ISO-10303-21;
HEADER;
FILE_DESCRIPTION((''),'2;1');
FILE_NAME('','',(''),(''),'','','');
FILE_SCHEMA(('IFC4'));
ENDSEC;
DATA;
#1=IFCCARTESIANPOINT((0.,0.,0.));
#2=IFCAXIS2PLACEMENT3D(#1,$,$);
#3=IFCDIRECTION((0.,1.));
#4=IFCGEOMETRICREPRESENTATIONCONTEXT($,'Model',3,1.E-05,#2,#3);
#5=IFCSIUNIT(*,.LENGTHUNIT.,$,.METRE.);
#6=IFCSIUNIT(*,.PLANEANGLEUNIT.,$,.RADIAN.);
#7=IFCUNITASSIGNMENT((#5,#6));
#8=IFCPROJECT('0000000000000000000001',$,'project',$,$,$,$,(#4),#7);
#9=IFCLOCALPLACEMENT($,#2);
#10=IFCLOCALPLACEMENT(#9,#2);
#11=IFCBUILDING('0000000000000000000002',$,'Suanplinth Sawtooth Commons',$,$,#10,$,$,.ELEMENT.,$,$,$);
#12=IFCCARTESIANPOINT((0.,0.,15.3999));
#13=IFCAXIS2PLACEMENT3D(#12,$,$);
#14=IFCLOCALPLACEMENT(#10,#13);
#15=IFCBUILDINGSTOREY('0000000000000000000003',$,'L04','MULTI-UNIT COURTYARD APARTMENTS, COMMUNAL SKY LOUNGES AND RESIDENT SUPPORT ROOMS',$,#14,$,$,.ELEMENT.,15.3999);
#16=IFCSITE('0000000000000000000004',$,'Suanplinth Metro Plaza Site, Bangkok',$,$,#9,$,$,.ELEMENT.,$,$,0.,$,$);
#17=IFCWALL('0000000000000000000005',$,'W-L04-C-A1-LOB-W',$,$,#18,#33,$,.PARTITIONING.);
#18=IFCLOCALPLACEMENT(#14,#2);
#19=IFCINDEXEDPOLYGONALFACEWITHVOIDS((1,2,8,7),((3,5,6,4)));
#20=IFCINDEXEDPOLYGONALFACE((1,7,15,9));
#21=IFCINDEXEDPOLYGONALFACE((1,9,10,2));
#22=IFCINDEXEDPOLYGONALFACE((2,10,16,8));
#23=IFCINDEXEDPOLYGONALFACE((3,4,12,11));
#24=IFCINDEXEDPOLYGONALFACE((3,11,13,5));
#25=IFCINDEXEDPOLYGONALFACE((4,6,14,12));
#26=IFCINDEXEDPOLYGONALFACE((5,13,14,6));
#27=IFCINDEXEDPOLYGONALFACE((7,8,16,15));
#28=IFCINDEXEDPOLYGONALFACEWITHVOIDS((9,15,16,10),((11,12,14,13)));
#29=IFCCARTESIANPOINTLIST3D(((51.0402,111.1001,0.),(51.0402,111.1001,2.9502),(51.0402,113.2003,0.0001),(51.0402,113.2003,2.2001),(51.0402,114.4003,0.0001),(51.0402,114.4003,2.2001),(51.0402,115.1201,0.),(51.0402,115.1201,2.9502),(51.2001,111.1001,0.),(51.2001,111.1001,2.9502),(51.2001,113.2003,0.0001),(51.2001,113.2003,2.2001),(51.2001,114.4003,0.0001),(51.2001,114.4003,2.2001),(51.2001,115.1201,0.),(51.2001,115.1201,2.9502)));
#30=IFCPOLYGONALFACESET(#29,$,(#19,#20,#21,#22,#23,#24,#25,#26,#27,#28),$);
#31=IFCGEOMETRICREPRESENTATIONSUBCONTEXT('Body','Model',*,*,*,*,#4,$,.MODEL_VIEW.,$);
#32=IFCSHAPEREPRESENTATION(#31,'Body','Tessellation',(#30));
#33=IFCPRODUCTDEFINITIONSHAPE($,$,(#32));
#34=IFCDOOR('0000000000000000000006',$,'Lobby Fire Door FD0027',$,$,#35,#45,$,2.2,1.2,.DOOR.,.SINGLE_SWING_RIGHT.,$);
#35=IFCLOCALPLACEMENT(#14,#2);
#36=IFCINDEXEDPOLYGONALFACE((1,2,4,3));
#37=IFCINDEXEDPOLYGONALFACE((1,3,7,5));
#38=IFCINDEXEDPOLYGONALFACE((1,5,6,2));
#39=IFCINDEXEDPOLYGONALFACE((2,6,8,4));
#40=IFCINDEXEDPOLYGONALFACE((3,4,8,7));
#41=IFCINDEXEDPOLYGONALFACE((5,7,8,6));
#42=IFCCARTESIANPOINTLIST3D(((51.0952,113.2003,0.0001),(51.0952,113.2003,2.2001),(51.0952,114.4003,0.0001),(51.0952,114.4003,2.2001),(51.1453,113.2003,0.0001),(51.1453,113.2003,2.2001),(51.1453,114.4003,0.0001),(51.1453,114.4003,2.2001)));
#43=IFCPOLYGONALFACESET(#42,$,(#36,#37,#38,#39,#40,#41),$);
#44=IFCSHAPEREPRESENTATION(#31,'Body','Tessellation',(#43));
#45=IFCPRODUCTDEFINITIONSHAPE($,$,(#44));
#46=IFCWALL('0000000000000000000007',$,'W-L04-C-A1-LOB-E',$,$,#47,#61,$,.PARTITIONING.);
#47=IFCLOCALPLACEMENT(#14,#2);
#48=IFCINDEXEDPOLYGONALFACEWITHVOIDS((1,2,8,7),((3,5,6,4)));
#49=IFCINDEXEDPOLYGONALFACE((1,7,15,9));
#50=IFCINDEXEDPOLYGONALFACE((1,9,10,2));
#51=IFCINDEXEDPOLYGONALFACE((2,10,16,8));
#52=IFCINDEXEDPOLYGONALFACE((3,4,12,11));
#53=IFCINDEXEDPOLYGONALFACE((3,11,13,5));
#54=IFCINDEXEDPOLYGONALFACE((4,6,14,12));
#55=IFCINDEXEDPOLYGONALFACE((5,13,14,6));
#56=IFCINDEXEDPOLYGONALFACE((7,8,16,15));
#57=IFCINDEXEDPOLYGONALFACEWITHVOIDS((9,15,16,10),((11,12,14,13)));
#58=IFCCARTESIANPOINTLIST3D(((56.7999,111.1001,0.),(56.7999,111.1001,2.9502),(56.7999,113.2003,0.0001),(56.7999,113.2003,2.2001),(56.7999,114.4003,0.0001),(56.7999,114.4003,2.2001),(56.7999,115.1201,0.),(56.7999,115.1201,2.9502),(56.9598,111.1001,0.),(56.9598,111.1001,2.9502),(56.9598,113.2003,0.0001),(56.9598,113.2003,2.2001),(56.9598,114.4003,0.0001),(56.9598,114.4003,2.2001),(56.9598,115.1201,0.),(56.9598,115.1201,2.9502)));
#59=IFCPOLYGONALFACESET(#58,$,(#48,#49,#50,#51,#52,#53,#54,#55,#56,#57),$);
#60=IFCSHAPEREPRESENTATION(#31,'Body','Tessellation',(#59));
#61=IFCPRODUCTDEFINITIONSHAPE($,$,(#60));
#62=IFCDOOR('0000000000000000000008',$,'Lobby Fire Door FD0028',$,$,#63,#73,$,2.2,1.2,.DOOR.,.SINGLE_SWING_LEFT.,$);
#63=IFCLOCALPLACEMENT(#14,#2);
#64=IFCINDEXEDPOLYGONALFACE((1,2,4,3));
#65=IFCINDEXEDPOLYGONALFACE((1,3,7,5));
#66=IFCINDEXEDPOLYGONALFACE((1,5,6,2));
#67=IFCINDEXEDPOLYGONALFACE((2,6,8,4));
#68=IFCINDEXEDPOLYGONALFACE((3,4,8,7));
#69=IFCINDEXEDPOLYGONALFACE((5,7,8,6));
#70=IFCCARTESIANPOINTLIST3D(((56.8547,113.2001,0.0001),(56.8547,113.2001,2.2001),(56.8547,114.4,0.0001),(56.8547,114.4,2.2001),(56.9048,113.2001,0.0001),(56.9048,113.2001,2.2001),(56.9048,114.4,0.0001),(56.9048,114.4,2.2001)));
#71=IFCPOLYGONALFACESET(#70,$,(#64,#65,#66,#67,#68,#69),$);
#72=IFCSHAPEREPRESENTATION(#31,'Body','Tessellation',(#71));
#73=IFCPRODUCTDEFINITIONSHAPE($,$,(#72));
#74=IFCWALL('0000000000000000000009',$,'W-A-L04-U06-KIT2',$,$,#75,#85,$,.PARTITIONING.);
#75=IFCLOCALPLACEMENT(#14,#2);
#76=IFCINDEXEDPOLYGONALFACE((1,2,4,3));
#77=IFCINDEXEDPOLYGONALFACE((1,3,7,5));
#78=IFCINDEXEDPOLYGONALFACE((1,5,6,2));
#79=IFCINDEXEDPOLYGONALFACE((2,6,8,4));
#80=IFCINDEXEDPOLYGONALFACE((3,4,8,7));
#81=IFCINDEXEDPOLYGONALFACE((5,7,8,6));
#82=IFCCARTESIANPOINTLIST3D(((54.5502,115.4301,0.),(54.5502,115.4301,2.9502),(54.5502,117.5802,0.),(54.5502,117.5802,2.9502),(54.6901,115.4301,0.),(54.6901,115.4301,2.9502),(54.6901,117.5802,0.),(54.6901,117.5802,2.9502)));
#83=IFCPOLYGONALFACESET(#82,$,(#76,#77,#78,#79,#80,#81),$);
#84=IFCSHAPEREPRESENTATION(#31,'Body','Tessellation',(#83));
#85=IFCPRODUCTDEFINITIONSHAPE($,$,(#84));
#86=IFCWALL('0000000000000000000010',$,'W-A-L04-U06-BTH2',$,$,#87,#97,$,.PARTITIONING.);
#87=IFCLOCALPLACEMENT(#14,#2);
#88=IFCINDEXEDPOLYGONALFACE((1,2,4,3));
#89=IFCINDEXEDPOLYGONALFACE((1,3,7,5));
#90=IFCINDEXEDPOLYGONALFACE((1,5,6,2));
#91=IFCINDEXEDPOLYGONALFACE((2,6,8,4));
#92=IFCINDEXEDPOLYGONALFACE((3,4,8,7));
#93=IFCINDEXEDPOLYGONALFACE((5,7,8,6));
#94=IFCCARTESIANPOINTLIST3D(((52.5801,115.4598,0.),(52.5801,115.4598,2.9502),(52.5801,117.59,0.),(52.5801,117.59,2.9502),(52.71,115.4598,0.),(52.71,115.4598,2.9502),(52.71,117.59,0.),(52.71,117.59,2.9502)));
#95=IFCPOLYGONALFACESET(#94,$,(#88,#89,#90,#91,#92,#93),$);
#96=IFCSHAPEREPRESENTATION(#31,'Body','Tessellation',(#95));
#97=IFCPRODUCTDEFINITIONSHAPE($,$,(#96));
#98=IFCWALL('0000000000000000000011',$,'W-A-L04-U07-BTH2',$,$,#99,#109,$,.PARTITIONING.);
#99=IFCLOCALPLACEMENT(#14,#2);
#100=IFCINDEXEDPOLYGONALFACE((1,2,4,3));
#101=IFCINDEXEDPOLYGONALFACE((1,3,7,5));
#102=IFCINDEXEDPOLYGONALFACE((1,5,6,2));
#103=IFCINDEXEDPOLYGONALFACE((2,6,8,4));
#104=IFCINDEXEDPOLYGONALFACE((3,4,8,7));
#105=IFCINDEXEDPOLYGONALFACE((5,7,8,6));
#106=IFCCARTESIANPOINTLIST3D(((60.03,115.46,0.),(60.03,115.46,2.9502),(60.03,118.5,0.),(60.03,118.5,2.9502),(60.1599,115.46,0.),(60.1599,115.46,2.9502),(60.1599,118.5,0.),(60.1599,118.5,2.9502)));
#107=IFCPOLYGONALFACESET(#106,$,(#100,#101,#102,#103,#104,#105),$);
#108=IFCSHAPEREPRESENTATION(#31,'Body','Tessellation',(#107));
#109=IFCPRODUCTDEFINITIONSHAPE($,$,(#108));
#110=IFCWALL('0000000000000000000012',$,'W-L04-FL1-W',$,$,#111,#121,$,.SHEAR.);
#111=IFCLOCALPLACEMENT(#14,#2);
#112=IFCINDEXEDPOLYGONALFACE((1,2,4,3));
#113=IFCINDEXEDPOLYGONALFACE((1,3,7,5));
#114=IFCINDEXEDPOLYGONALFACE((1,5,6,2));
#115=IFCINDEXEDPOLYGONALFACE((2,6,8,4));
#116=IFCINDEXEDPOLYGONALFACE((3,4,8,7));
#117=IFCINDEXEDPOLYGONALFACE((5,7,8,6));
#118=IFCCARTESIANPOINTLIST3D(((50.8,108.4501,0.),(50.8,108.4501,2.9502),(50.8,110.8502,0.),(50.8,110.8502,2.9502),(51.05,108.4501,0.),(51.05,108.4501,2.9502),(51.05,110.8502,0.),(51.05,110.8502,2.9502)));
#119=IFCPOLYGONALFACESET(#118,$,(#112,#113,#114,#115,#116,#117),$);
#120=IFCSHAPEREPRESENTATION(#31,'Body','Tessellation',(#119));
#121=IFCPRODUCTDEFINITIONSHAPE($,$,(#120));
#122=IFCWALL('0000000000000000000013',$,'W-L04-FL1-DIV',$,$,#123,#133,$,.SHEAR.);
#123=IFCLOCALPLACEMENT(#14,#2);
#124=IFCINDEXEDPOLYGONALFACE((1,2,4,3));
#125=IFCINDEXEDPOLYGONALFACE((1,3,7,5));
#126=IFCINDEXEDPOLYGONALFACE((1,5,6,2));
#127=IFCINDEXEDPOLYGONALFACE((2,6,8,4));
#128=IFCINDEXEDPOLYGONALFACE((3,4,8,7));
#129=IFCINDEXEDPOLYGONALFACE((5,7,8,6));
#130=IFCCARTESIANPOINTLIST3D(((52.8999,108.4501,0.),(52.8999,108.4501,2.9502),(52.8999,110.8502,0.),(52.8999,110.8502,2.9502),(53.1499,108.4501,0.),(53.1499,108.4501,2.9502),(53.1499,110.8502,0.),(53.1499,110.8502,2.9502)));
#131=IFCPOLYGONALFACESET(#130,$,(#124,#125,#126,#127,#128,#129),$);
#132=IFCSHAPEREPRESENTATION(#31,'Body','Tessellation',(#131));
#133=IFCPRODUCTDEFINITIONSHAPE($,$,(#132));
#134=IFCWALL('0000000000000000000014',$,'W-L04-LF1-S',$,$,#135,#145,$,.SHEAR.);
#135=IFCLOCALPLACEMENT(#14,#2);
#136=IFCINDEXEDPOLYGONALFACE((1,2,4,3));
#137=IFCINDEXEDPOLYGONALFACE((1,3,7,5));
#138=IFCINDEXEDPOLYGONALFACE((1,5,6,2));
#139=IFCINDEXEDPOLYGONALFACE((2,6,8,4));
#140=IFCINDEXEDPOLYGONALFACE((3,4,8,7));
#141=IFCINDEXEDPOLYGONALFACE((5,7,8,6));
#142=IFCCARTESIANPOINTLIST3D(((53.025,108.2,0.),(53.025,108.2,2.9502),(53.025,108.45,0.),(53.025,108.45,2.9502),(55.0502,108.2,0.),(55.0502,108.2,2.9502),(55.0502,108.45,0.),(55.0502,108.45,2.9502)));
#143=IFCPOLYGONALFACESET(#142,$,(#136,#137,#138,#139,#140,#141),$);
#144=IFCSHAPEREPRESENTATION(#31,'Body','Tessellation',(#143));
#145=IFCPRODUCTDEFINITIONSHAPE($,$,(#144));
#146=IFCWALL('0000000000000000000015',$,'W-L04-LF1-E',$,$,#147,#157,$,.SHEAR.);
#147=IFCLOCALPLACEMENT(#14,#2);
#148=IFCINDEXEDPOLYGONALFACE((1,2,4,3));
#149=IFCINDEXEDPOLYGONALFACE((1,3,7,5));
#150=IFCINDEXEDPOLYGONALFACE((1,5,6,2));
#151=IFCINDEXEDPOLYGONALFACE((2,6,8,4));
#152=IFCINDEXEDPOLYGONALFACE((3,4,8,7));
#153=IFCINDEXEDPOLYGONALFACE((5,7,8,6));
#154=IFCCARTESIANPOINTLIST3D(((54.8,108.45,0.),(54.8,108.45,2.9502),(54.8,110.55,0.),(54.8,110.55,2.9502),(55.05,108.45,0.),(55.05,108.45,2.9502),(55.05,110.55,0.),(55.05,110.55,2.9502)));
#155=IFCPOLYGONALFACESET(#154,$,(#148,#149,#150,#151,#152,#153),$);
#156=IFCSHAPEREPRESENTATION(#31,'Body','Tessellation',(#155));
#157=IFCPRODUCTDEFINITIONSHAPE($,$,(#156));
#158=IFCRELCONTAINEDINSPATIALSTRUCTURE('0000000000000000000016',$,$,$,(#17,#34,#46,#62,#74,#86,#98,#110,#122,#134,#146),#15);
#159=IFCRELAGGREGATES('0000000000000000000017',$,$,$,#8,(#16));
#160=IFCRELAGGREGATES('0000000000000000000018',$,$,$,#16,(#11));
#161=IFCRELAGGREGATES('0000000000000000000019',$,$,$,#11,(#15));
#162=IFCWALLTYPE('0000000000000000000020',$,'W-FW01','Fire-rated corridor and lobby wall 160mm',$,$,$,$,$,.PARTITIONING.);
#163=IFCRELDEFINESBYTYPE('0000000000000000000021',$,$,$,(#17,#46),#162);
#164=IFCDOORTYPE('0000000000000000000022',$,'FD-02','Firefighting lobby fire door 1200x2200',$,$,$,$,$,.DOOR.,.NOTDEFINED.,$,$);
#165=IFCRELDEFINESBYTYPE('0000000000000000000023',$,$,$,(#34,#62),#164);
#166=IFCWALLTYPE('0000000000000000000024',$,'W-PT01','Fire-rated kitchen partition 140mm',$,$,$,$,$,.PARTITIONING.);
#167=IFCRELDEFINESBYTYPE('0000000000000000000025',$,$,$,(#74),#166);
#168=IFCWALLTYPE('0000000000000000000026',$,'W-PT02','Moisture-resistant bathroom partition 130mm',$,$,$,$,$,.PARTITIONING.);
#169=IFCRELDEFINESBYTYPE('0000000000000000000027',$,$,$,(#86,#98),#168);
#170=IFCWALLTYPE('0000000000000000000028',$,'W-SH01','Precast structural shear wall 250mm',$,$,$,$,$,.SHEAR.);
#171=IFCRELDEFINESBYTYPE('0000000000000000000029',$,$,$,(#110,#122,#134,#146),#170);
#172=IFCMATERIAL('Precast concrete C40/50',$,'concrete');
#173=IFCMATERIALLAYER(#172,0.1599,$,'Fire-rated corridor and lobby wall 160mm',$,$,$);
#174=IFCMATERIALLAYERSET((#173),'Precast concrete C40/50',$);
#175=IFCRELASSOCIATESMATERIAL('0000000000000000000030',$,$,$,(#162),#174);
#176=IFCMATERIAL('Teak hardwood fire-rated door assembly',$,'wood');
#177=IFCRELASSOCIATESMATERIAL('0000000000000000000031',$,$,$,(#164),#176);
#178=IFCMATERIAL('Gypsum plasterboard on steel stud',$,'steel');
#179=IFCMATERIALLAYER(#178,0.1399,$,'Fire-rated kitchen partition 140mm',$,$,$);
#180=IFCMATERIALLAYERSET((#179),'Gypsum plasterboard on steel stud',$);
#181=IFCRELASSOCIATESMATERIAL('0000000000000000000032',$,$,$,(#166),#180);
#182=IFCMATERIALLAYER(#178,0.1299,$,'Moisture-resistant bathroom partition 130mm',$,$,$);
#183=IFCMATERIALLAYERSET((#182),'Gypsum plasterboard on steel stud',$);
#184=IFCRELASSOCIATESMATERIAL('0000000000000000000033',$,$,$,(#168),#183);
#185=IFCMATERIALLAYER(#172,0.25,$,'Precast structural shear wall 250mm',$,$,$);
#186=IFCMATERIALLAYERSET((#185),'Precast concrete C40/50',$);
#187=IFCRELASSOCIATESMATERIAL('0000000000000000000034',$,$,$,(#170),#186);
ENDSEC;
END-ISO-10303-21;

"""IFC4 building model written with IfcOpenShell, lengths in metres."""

from ifc_helpers import new_model, si_unit, direction, frame, frame_2d, origin, place, context, subcontext, project, spatial, rectangle, extrude, material, layer, layer_set, type_object, element, fill, save


model = new_model("IFC4")

# Units and contexts
model_context = context("Model", 3, precision=1e-05, world=origin(), true_north=direction((0.0, 1.0)))
body_context = subcontext(model_context, "Body", "Model", "MODEL_VIEW")
ifc_project = project(units=[si_unit("LENGTHUNIT", "METRE"), si_unit("PLANEANGLEUNIT", "RADIAN")], contexts=[model_context])

# Site, building, storey
site_placement = place(None, origin())
site = spatial("IfcSite", under=ifc_project, at=site_placement, Name="Suanplinth Metro Plaza Site, Bangkok", CompositionType="ELEMENT", RefElevation=0.0)
building_placement = place(site_placement, origin())
building = spatial("IfcBuilding", under=site, at=building_placement, Name="Suanplinth Sawtooth Commons", CompositionType="ELEMENT")
storey_placement = place(building_placement, frame((0.0, 0.0, 15.3999)))
storey = spatial("IfcBuildingStorey", under=building, at=storey_placement, Name="L04", Description="MULTI-UNIT COURTYARD APARTMENTS, COMMUNAL SKY LOUNGES AND RESIDENT SUPPORT ROOMS", CompositionType="ELEMENT", Elevation=15.3999)

# Shared definitions
ifc_material_1 = material(Name="Precast concrete C40/50", Category="concrete")

# Shared definitions
ifc_material_2 = material(Name="Teak hardwood fire-rated door assembly", Category="wood")

# Walls, openings, doors
ifc_layer_1 = layer(ifc_material_1, 0.1599, Name="Fire-rated corridor and lobby wall 160mm")
ifc_layer_set_1 = layer_set([ifc_layer_1], Name="Precast concrete C40/50")
wall_type_1 = type_object("IfcWallType", Name="W-FW01", Description="Fire-rated corridor and lobby wall 160mm", PredefinedType="PARTITIONING", material=ifc_layer_set_1)
wall_1_placement = place(storey_placement, frame((51.1201, 111.1001, 0.0), z_axis=(0.0, 0.0, 1.0), x_axis=(0.0, 1.0, 0.0)))
wall_1 = element("IfcWall", 1, at=wall_1_placement, inside=storey, type_object=wall_type_1, Name="W-L04-C-A1-LOB-W", PredefinedType="PARTITIONING", context=body_context, shape_type="SweptSolid", body=[
    extrude(rectangle(XDim=4.02, YDim=0.1599, at=frame_2d((2.01, 0.0))), origin(), (0.0, 0.0, 1.0), 2.9502),
])
opening_1_placement = place(wall_1_placement, frame((2.1001, 0.0, 0.0)))
opening_1 = element("IfcOpeningElement", 2, at=opening_1_placement, cuts=wall_1, PredefinedType="OPENING", context=body_context, shape_type="SweptSolid", body=[
    extrude(rectangle(XDim=1.2, YDim=2.2, at=frame_2d((0.6001, 1.1001))), frame((0.0, 0.0947, 0.0), z_axis=(0.0, -1.0, 0.0), x_axis=(1.0, 0.0, 0.0)), (0.0, 0.0, 1.0), 0.1897),
])
door_type_1 = type_object("IfcDoorType", Name="FD-02", Description="Firefighting lobby fire door 1200x2200", OperationType="NOTDEFINED", PredefinedType="DOOR", material=ifc_material_2)
door_1_placement = place(opening_1_placement, origin())
door_1 = element("IfcDoor", 3, at=door_1_placement, inside=storey, type_object=door_type_1, Name="Lobby Fire Door FD0027", OperationType="SINGLE_SWING_RIGHT", OverallHeight=2.2, OverallWidth=1.2, PredefinedType="DOOR", context=body_context, shape_type="SweptSolid", body=[
    extrude(rectangle(XDim=1.2, YDim=2.2, at=frame_2d((0.6001, 1.1001))), frame((0.0, 0.0249, 0.0), z_axis=(0.0, -1.0, 0.0), x_axis=(1.0, 0.0, 0.0)), (0.0, 0.0, 1.0), 0.05),
])
fill(opening_1, door_1)
wall_2_placement = place(storey_placement, frame((56.8799, 111.1001, 0.0), z_axis=(0.0, 0.0, 1.0), x_axis=(0.0, 1.0, 0.0)))
wall_2 = element("IfcWall", 4, at=wall_2_placement, inside=storey, type_object=wall_type_1, Name="W-L04-C-A1-LOB-E", PredefinedType="PARTITIONING", context=body_context, shape_type="SweptSolid", body=[
    extrude(rectangle(XDim=4.02, YDim=0.1599, at=frame_2d((2.01, 0.0))), origin(), (0.0, 0.0, 1.0), 2.9502),
])
opening_2_placement = place(wall_2_placement, frame((2.1001, 0.0, 0.0)))
opening_2 = element("IfcOpeningElement", 5, at=opening_2_placement, cuts=wall_2, PredefinedType="OPENING", context=body_context, shape_type="SweptSolid", body=[
    extrude(rectangle(XDim=1.2, YDim=2.2, at=frame_2d((0.6001, 1.1001))), frame((0.0, 0.0947, 0.0), z_axis=(0.0, -1.0, 0.0), x_axis=(1.0, 0.0, 0.0)), (0.0, 0.0, 1.0), 0.1897),
])
door_2_placement = place(opening_2_placement, frame((1.2, 0.0, 0.0), z_axis=(0.0, 0.0, 1.0), x_axis=(-1.0, 0.0, 0.0)))
door_2 = element("IfcDoor", 6, at=door_2_placement, inside=storey, type_object=door_type_1, Name="Lobby Fire Door FD0028", OperationType="SINGLE_SWING_LEFT", OverallHeight=2.2, OverallWidth=1.2, PredefinedType="DOOR", context=body_context, shape_type="SweptSolid", body=[
    extrude(rectangle(XDim=1.2, YDim=2.2, at=frame_2d((0.6001, 1.1001))), frame((0.0, 0.0249, 0.0), z_axis=(0.0, -1.0, 0.0), x_axis=(1.0, 0.0, 0.0)), (0.0, 0.0, 1.0), 0.05),
])
fill(opening_2, door_2)

# Walls
ifc_material_3 = material(Name="Gypsum plasterboard on steel stud", Category="steel")
ifc_layer_2 = layer(ifc_material_3, 0.1399, Name="Fire-rated kitchen partition 140mm")
ifc_layer_set_2 = layer_set([ifc_layer_2], Name="Gypsum plasterboard on steel stud")
wall_type_2 = type_object("IfcWallType", Name="W-PT01", Description="Fire-rated kitchen partition 140mm", PredefinedType="PARTITIONING", material=ifc_layer_set_2)
wall_3_placement = place(storey_placement, frame((54.6201, 115.4299, 0.0), z_axis=(0.0, 0.0, 1.0), x_axis=(0.0, 1.0, 0.0)))
element("IfcWall", 7, at=wall_3_placement, inside=storey, type_object=wall_type_2, Name="W-A-L04-U06-KIT2", PredefinedType="PARTITIONING", context=body_context, shape_type="SweptSolid", body=[
    extrude(rectangle(XDim=2.1501, YDim=0.1399, at=frame_2d((1.0752, 0.0))), origin(), (0.0, 0.0, 1.0), 2.9502),
])
ifc_layer_3 = layer(ifc_material_3, 0.1299, Name="Moisture-resistant bathroom partition 130mm")
ifc_layer_set_3 = layer_set([ifc_layer_3], Name="Gypsum plasterboard on steel stud")
wall_type_3 = type_object("IfcWallType", Name="W-PT02", Description="Moisture-resistant bathroom partition 130mm", PredefinedType="PARTITIONING", material=ifc_layer_set_3)
wall_4_placement = place(storey_placement, frame((52.645, 115.46, 0.0), z_axis=(0.0, 0.0, 1.0), x_axis=(0.0, 1.0, 0.0)))
element("IfcWall", 8, at=wall_4_placement, inside=storey, type_object=wall_type_3, Name="W-A-L04-U06-BTH2", PredefinedType="PARTITIONING", context=body_context, shape_type="SweptSolid", body=[
    extrude(rectangle(XDim=2.1301, YDim=0.1299, at=frame_2d((1.0649, 0.0))), origin(), (0.0, 0.0, 1.0), 2.9502),
])
wall_5_placement = place(storey_placement, frame((60.095, 115.46, 0.0), z_axis=(0.0, 0.0, 1.0), x_axis=(0.0, 1.0, 0.0)))
element("IfcWall", 9, at=wall_5_placement, inside=storey, type_object=wall_type_3, Name="W-A-L04-U07-BTH2", PredefinedType="PARTITIONING", context=body_context, shape_type="SweptSolid", body=[
    extrude(rectangle(XDim=3.04, YDim=0.1299, at=frame_2d((1.52, 0.0))), origin(), (0.0, 0.0, 1.0), 2.9502),
])
ifc_layer_4 = layer(ifc_material_1, 0.25, Name="Precast structural shear wall 250mm")
ifc_layer_set_4 = layer_set([ifc_layer_4], Name="Precast concrete C40/50")
wall_type_4 = type_object("IfcWallType", Name="W-SH01", Description="Precast structural shear wall 250mm", PredefinedType="SHEAR", material=ifc_layer_set_4)
for number, where, z_axis, x_axis, name in (
    (10, (50.925, 108.45, 0.0), (0.0, 0.0, 1.0), (0.0, 1.0, 0.0), "W-L04-FL1-W"),
    (11, (53.0249, 108.45, 0.0), (0.0, 0.0, 1.0), (0.0, 1.0, 0.0), "W-L04-FL1-DIV"),
):
    element("IfcWall", number, at=place(storey_placement, frame(where, z_axis=z_axis, x_axis=x_axis)), inside=storey, type_object=wall_type_4, Name=name, PredefinedType="SHEAR", context=body_context, shape_type="SweptSolid", body=[
        extrude(rectangle(XDim=2.4001, YDim=0.25, at=frame_2d((1.2002, 0.0))), origin(), (0.0, 0.0, 1.0), 2.9502),
    ])
wall_6_placement = place(storey_placement, frame((53.0249, 108.325, 0.0), z_axis=(0.0, 0.0, 1.0), x_axis=(1.0, 0.0, 0.0)))
element("IfcWall", 12, at=wall_6_placement, inside=storey, type_object=wall_type_4, Name="W-L04-LF1-S", PredefinedType="SHEAR", context=body_context, shape_type="SweptSolid", body=[
    extrude(rectangle(XDim=2.0251, YDim=0.25, at=frame_2d((1.0127, 0.0))), origin(), (0.0, 0.0, 1.0), 2.9502),
])

# Wall
wall_7_placement = place(storey_placement, frame((54.925, 108.45, 0.0), z_axis=(0.0, 0.0, 1.0), x_axis=(0.0, 1.0, 0.0)))
element("IfcWall", 13, at=wall_7_placement, inside=storey, type_object=wall_type_4, Name="W-L04-LF1-E", PredefinedType="SHEAR", context=body_context, shape_type="SweptSolid", body=[
    extrude(rectangle(XDim=2.1001, YDim=0.25, at=frame_2d((1.05, 0.0))), origin(), (0.0, 0.0, 1.0), 2.9502),
])

save(model, "model.ifc")
